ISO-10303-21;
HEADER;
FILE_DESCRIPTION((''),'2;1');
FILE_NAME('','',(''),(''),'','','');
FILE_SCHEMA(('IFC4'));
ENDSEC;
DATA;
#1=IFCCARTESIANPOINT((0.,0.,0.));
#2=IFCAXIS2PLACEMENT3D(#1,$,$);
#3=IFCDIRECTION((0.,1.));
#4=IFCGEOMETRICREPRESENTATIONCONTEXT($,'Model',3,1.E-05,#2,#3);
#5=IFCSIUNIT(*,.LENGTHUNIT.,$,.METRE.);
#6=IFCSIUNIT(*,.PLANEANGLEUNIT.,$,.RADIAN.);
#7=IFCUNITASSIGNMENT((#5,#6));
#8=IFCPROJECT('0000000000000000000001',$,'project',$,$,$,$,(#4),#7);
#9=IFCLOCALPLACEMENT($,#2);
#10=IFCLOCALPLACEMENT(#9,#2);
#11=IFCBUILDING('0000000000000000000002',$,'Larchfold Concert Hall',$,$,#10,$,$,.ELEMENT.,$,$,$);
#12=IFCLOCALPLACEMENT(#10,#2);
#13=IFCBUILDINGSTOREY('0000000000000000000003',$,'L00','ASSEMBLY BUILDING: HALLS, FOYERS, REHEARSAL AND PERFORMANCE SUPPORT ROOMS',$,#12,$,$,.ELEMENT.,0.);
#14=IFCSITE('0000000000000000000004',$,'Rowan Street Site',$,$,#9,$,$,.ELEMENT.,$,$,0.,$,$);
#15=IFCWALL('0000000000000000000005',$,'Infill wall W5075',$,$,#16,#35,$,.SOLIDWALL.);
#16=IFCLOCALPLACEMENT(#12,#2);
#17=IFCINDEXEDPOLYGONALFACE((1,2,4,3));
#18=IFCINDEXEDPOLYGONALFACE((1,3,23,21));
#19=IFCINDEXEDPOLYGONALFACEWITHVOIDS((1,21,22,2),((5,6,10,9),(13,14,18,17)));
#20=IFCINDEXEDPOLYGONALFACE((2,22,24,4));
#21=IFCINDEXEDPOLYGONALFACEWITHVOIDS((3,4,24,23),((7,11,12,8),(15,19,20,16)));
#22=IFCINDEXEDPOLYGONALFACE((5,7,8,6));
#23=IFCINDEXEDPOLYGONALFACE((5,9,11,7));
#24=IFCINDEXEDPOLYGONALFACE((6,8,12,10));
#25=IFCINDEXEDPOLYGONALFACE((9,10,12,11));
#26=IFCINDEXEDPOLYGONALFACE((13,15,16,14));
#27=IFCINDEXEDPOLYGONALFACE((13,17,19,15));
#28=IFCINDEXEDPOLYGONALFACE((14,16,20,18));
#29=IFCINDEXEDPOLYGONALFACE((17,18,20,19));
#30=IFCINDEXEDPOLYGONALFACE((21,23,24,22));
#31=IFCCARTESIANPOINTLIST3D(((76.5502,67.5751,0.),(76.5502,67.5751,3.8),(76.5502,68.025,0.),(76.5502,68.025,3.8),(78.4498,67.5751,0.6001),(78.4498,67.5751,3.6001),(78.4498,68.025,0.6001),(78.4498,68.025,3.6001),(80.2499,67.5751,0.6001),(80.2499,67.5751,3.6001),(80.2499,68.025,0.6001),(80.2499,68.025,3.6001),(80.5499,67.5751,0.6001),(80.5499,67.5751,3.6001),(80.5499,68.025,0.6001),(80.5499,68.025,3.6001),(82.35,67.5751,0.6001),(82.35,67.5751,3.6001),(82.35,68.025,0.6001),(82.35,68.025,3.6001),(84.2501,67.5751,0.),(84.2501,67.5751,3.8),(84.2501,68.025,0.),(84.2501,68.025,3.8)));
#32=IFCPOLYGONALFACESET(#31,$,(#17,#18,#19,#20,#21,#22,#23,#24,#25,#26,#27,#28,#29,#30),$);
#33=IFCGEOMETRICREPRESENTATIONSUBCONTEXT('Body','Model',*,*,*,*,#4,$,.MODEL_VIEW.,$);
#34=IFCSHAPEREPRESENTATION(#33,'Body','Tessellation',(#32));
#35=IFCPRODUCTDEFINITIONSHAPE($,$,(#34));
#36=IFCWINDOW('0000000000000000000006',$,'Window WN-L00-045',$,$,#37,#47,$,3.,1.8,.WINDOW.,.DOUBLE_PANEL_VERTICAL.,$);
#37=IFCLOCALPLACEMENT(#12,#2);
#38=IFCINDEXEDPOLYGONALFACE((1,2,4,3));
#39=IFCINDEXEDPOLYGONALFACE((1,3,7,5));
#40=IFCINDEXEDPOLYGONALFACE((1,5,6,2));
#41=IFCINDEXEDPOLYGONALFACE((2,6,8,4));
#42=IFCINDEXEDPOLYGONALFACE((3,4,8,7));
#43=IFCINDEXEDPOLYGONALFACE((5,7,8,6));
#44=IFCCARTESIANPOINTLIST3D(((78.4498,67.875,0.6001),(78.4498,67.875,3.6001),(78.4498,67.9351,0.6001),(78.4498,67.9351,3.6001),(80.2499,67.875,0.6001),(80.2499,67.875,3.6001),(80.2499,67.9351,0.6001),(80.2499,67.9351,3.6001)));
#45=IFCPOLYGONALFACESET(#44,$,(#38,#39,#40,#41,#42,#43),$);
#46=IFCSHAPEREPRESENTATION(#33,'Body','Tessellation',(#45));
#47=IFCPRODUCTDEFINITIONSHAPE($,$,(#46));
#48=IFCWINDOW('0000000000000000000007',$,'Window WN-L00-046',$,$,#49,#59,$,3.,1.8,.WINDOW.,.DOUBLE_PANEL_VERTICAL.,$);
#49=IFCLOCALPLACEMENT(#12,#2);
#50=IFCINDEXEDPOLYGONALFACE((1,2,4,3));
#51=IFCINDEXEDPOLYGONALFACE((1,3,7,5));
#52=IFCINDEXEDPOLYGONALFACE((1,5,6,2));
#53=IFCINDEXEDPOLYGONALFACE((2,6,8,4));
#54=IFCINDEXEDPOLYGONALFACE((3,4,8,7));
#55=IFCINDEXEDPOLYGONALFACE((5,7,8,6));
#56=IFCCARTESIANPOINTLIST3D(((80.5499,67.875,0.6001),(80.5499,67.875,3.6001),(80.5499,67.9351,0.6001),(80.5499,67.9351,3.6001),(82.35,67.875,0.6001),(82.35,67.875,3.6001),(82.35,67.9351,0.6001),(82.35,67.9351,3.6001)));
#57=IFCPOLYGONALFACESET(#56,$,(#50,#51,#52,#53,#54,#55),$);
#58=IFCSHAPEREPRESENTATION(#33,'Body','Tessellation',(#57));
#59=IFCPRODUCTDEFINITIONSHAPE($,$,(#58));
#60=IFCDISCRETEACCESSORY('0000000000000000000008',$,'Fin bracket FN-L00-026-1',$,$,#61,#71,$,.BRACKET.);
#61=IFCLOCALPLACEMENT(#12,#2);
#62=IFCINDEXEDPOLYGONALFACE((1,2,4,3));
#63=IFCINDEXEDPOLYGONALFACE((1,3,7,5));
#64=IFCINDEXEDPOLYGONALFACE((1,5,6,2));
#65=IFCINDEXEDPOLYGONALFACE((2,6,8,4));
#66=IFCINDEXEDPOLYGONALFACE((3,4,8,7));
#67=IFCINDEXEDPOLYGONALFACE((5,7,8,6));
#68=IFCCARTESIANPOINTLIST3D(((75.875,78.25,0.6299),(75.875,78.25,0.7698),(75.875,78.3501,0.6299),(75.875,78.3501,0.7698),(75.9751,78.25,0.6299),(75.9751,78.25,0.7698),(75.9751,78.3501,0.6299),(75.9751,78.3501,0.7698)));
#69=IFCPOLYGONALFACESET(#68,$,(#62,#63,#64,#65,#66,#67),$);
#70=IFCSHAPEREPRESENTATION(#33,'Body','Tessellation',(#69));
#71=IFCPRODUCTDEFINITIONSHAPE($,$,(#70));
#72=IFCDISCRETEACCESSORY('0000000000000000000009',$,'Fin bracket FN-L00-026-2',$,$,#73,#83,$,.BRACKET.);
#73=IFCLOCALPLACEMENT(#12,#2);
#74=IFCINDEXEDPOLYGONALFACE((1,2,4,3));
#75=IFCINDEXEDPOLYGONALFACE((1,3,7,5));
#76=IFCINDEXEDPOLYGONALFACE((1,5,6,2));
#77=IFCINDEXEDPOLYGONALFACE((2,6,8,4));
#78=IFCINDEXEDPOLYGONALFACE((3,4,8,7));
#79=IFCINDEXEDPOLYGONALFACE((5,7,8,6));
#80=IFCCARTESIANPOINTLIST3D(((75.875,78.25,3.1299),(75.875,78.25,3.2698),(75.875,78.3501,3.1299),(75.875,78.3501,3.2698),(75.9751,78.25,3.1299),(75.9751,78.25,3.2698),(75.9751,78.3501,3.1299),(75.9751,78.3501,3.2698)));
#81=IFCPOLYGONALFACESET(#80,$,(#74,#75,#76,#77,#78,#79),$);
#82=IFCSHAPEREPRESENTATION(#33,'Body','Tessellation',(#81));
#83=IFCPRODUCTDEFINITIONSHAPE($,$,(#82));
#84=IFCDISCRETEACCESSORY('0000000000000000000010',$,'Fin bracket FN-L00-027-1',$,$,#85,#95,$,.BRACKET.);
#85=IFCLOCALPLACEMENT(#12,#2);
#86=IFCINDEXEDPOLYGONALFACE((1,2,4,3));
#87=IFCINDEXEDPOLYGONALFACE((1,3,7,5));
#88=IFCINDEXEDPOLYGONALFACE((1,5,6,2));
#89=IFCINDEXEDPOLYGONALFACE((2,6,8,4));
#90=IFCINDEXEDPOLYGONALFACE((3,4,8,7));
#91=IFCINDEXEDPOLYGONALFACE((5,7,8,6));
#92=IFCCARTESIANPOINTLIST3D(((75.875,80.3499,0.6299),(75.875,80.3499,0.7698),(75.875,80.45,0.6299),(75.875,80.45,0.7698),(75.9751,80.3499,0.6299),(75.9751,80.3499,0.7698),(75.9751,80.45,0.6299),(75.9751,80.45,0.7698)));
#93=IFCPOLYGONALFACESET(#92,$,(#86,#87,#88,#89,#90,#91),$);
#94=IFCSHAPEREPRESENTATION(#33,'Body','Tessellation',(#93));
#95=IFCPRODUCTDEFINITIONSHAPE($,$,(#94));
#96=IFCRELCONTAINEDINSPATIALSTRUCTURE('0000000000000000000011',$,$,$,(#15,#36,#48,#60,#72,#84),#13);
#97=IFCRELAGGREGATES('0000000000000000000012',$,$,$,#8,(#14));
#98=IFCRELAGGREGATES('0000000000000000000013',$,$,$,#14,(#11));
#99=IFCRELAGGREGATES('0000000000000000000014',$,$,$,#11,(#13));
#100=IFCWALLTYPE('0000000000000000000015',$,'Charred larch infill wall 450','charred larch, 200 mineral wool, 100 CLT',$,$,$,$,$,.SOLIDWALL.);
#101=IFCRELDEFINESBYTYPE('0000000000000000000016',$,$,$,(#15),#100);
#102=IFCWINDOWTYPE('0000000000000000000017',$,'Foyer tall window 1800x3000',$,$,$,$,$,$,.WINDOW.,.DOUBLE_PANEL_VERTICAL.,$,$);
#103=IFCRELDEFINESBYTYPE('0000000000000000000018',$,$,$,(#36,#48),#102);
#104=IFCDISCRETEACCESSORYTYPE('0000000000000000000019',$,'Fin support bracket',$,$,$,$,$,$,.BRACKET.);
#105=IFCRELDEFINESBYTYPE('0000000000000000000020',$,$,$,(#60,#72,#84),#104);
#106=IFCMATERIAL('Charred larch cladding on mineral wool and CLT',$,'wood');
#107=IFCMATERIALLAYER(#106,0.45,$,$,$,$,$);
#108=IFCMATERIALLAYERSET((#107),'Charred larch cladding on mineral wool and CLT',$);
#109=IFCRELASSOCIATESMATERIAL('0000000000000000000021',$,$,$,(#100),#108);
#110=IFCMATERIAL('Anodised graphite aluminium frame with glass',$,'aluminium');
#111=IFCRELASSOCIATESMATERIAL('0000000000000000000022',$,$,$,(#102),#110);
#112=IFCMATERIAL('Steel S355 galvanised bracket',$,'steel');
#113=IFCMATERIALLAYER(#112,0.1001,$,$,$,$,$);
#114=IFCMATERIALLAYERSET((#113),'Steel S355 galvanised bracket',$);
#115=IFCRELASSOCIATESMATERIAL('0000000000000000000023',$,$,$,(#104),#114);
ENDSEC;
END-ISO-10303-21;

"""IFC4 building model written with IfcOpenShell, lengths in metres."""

from ifc_helpers import new_model, si_unit, direction, frame, frame_2d, origin, origin_2d, place, context, subcontext, project, spatial, rectangle, extrude, material, layer, layer_set, type_object, element, fill, save


model = new_model("IFC4")

# Units and contexts
model_context = context("Model", 3, precision=1e-05, world=origin(), true_north=direction((0.0, 1.0)))
body_context = subcontext(model_context, "Body", "Model", "MODEL_VIEW")
ifc_project = project(units=[si_unit("LENGTHUNIT", "METRE"), si_unit("PLANEANGLEUNIT", "RADIAN")], contexts=[model_context])

# Site, building, storey
site_placement = place(None, origin())
site = spatial("IfcSite", under=ifc_project, at=site_placement, Name="Rowan Street Site", CompositionType="ELEMENT", RefElevation=0.0)
building_placement = place(site_placement, origin())
building = spatial("IfcBuilding", under=site, at=building_placement, Name="Larchfold Concert Hall", CompositionType="ELEMENT")
storey_placement = place(building_placement, origin())
storey = spatial("IfcBuildingStorey", under=building, at=storey_placement, Name="L00", Description="ASSEMBLY BUILDING: HALLS, FOYERS, REHEARSAL AND PERFORMANCE SUPPORT ROOMS", CompositionType="ELEMENT", Elevation=0.0)

# Wall, openings, windows
ifc_material_1 = material(Name="Charred larch cladding on mineral wool and CLT", Category="wood")
ifc_layer_1 = layer(ifc_material_1, 0.45)
ifc_layer_set_1 = layer_set([ifc_layer_1], Name="Charred larch cladding on mineral wool and CLT")
wall_type = type_object("IfcWallType", Name="Charred larch infill wall 450", Description="charred larch, 200 mineral wool, 100 CLT", PredefinedType="SOLIDWALL", material=ifc_layer_set_1)
ifc_material_2 = material(Name="Anodised graphite aluminium frame with glass", Category="aluminium")
window_type = type_object("IfcWindowType", Name="Foyer tall window 1800x3000", PartitioningType="DOUBLE_PANEL_VERTICAL", PredefinedType="WINDOW", material=ifc_material_2)
wall_1_placement = place(storey_placement, frame((76.55, 67.8, 0.0), z_axis=(0.0, 0.0, 1.0), x_axis=(1.0, 0.0, 0.0)))
wall_1 = element("IfcWall", 1, at=wall_1_placement, inside=storey, type_object=wall_type, Name="Infill wall W5075", PredefinedType="SOLIDWALL", context=body_context, shape_type="SweptSolid", body=[
    extrude(rectangle(XDim=7.7, YDim=0.45, at=frame_2d((3.8501, 0.0))), origin(), (0.0, 0.0, 1.0), 3.8),
])
opening_1_placement = place(wall_1_placement, frame((1.8999, 0.0, 0.6001)))
opening_1 = element("IfcOpeningElement", 2, at=opening_1_placement, cuts=wall_1, PredefinedType="OPENING", context=body_context, shape_type="SweptSolid", body=[
    extrude(rectangle(XDim=1.8, YDim=3.0, at=frame_2d((0.8999, 1.5))), frame((0.0, 0.2349, 0.0), z_axis=(0.0, -1.0, 0.0), x_axis=(1.0, 0.0, 0.0)), (0.0, 0.0, 1.0), 0.47),
])
opening_2_placement = place(wall_1_placement, frame((4.0, 0.0, 0.6001)))
opening_2 = element("IfcOpeningElement", 3, at=opening_2_placement, cuts=wall_1, PredefinedType="OPENING", context=body_context, shape_type="SweptSolid", body=[
    extrude(rectangle(XDim=1.8, YDim=3.0, at=frame_2d((0.8999, 1.5))), frame((0.0, 0.2349, 0.0), z_axis=(0.0, -1.0, 0.0), x_axis=(1.0, 0.0, 0.0)), (0.0, 0.0, 1.0), 0.47),
])
window_1_placement = place(opening_1_placement, origin())
window_1 = element("IfcWindow", 4, at=window_1_placement, inside=storey, type_object=window_type, Name="Window WN-L00-045", OverallHeight=3.0, OverallWidth=1.8, PartitioningType="DOUBLE_PANEL_VERTICAL", PredefinedType="WINDOW", context=body_context, shape_type="SweptSolid", body=[
    extrude(rectangle(XDim=1.8, YDim=3.0, at=frame_2d((0.8999, 1.5))), frame((0.0, 0.135, 0.0), z_axis=(0.0, -1.0, 0.0), x_axis=(1.0, 0.0, 0.0)), (0.0, 0.0, 1.0), 0.0601),
])
fill(opening_1, window_1)
window_2_placement = place(opening_2_placement, origin())
window_2 = element("IfcWindow", 5, at=window_2_placement, inside=storey, type_object=window_type, Name="Window WN-L00-046", OverallHeight=3.0, OverallWidth=1.8, PartitioningType="DOUBLE_PANEL_VERTICAL", PredefinedType="WINDOW", context=body_context, shape_type="SweptSolid", body=[
    extrude(rectangle(XDim=1.8, YDim=3.0, at=frame_2d((0.8999, 1.5))), frame((0.0, 0.135, 0.0), z_axis=(0.0, -1.0, 0.0), x_axis=(1.0, 0.0, 0.0)), (0.0, 0.0, 1.0), 0.0601),
])
fill(opening_2, window_2)

# Discrete accessories
ifc_material_3 = material(Name="Steel S355 galvanised bracket", Category="steel")
ifc_layer_2 = layer(ifc_material_3, 0.1001)
ifc_layer_set_2 = layer_set([ifc_layer_2], Name="Steel S355 galvanised bracket")
discrete_accessory_type = type_object("IfcDiscreteAccessoryType", Name="Fin support bracket", PredefinedType="BRACKET", material=ifc_layer_set_2)
for number, where, z_axis, x_axis, name in (
    (6, (75.925, 78.3, 0.6299), (0.0, 0.0, 1.0), (-1.0, 0.0, 0.0), "Fin bracket FN-L00-026-1"),
    (7, (75.925, 78.3, 3.1299), (0.0, 0.0, 1.0), (-1.0, 0.0, 0.0), "Fin bracket FN-L00-026-2"),
    (8, (75.925, 80.3999, 0.6299), (0.0, 0.0, 1.0), (-1.0, 0.0, 0.0), "Fin bracket FN-L00-027-1"),
):
    element("IfcDiscreteAccessory", number, at=place(storey_placement, frame(where, z_axis=z_axis, x_axis=x_axis)), inside=storey, type_object=discrete_accessory_type, Name=name, PredefinedType="BRACKET", context=body_context, shape_type="SweptSolid", body=[
        extrude(rectangle(XDim=0.1001, YDim=0.1001, at=origin_2d()), origin(), (0.0, 0.0, 1.0), 0.1399),
    ])

save(model, "model.ifc")
